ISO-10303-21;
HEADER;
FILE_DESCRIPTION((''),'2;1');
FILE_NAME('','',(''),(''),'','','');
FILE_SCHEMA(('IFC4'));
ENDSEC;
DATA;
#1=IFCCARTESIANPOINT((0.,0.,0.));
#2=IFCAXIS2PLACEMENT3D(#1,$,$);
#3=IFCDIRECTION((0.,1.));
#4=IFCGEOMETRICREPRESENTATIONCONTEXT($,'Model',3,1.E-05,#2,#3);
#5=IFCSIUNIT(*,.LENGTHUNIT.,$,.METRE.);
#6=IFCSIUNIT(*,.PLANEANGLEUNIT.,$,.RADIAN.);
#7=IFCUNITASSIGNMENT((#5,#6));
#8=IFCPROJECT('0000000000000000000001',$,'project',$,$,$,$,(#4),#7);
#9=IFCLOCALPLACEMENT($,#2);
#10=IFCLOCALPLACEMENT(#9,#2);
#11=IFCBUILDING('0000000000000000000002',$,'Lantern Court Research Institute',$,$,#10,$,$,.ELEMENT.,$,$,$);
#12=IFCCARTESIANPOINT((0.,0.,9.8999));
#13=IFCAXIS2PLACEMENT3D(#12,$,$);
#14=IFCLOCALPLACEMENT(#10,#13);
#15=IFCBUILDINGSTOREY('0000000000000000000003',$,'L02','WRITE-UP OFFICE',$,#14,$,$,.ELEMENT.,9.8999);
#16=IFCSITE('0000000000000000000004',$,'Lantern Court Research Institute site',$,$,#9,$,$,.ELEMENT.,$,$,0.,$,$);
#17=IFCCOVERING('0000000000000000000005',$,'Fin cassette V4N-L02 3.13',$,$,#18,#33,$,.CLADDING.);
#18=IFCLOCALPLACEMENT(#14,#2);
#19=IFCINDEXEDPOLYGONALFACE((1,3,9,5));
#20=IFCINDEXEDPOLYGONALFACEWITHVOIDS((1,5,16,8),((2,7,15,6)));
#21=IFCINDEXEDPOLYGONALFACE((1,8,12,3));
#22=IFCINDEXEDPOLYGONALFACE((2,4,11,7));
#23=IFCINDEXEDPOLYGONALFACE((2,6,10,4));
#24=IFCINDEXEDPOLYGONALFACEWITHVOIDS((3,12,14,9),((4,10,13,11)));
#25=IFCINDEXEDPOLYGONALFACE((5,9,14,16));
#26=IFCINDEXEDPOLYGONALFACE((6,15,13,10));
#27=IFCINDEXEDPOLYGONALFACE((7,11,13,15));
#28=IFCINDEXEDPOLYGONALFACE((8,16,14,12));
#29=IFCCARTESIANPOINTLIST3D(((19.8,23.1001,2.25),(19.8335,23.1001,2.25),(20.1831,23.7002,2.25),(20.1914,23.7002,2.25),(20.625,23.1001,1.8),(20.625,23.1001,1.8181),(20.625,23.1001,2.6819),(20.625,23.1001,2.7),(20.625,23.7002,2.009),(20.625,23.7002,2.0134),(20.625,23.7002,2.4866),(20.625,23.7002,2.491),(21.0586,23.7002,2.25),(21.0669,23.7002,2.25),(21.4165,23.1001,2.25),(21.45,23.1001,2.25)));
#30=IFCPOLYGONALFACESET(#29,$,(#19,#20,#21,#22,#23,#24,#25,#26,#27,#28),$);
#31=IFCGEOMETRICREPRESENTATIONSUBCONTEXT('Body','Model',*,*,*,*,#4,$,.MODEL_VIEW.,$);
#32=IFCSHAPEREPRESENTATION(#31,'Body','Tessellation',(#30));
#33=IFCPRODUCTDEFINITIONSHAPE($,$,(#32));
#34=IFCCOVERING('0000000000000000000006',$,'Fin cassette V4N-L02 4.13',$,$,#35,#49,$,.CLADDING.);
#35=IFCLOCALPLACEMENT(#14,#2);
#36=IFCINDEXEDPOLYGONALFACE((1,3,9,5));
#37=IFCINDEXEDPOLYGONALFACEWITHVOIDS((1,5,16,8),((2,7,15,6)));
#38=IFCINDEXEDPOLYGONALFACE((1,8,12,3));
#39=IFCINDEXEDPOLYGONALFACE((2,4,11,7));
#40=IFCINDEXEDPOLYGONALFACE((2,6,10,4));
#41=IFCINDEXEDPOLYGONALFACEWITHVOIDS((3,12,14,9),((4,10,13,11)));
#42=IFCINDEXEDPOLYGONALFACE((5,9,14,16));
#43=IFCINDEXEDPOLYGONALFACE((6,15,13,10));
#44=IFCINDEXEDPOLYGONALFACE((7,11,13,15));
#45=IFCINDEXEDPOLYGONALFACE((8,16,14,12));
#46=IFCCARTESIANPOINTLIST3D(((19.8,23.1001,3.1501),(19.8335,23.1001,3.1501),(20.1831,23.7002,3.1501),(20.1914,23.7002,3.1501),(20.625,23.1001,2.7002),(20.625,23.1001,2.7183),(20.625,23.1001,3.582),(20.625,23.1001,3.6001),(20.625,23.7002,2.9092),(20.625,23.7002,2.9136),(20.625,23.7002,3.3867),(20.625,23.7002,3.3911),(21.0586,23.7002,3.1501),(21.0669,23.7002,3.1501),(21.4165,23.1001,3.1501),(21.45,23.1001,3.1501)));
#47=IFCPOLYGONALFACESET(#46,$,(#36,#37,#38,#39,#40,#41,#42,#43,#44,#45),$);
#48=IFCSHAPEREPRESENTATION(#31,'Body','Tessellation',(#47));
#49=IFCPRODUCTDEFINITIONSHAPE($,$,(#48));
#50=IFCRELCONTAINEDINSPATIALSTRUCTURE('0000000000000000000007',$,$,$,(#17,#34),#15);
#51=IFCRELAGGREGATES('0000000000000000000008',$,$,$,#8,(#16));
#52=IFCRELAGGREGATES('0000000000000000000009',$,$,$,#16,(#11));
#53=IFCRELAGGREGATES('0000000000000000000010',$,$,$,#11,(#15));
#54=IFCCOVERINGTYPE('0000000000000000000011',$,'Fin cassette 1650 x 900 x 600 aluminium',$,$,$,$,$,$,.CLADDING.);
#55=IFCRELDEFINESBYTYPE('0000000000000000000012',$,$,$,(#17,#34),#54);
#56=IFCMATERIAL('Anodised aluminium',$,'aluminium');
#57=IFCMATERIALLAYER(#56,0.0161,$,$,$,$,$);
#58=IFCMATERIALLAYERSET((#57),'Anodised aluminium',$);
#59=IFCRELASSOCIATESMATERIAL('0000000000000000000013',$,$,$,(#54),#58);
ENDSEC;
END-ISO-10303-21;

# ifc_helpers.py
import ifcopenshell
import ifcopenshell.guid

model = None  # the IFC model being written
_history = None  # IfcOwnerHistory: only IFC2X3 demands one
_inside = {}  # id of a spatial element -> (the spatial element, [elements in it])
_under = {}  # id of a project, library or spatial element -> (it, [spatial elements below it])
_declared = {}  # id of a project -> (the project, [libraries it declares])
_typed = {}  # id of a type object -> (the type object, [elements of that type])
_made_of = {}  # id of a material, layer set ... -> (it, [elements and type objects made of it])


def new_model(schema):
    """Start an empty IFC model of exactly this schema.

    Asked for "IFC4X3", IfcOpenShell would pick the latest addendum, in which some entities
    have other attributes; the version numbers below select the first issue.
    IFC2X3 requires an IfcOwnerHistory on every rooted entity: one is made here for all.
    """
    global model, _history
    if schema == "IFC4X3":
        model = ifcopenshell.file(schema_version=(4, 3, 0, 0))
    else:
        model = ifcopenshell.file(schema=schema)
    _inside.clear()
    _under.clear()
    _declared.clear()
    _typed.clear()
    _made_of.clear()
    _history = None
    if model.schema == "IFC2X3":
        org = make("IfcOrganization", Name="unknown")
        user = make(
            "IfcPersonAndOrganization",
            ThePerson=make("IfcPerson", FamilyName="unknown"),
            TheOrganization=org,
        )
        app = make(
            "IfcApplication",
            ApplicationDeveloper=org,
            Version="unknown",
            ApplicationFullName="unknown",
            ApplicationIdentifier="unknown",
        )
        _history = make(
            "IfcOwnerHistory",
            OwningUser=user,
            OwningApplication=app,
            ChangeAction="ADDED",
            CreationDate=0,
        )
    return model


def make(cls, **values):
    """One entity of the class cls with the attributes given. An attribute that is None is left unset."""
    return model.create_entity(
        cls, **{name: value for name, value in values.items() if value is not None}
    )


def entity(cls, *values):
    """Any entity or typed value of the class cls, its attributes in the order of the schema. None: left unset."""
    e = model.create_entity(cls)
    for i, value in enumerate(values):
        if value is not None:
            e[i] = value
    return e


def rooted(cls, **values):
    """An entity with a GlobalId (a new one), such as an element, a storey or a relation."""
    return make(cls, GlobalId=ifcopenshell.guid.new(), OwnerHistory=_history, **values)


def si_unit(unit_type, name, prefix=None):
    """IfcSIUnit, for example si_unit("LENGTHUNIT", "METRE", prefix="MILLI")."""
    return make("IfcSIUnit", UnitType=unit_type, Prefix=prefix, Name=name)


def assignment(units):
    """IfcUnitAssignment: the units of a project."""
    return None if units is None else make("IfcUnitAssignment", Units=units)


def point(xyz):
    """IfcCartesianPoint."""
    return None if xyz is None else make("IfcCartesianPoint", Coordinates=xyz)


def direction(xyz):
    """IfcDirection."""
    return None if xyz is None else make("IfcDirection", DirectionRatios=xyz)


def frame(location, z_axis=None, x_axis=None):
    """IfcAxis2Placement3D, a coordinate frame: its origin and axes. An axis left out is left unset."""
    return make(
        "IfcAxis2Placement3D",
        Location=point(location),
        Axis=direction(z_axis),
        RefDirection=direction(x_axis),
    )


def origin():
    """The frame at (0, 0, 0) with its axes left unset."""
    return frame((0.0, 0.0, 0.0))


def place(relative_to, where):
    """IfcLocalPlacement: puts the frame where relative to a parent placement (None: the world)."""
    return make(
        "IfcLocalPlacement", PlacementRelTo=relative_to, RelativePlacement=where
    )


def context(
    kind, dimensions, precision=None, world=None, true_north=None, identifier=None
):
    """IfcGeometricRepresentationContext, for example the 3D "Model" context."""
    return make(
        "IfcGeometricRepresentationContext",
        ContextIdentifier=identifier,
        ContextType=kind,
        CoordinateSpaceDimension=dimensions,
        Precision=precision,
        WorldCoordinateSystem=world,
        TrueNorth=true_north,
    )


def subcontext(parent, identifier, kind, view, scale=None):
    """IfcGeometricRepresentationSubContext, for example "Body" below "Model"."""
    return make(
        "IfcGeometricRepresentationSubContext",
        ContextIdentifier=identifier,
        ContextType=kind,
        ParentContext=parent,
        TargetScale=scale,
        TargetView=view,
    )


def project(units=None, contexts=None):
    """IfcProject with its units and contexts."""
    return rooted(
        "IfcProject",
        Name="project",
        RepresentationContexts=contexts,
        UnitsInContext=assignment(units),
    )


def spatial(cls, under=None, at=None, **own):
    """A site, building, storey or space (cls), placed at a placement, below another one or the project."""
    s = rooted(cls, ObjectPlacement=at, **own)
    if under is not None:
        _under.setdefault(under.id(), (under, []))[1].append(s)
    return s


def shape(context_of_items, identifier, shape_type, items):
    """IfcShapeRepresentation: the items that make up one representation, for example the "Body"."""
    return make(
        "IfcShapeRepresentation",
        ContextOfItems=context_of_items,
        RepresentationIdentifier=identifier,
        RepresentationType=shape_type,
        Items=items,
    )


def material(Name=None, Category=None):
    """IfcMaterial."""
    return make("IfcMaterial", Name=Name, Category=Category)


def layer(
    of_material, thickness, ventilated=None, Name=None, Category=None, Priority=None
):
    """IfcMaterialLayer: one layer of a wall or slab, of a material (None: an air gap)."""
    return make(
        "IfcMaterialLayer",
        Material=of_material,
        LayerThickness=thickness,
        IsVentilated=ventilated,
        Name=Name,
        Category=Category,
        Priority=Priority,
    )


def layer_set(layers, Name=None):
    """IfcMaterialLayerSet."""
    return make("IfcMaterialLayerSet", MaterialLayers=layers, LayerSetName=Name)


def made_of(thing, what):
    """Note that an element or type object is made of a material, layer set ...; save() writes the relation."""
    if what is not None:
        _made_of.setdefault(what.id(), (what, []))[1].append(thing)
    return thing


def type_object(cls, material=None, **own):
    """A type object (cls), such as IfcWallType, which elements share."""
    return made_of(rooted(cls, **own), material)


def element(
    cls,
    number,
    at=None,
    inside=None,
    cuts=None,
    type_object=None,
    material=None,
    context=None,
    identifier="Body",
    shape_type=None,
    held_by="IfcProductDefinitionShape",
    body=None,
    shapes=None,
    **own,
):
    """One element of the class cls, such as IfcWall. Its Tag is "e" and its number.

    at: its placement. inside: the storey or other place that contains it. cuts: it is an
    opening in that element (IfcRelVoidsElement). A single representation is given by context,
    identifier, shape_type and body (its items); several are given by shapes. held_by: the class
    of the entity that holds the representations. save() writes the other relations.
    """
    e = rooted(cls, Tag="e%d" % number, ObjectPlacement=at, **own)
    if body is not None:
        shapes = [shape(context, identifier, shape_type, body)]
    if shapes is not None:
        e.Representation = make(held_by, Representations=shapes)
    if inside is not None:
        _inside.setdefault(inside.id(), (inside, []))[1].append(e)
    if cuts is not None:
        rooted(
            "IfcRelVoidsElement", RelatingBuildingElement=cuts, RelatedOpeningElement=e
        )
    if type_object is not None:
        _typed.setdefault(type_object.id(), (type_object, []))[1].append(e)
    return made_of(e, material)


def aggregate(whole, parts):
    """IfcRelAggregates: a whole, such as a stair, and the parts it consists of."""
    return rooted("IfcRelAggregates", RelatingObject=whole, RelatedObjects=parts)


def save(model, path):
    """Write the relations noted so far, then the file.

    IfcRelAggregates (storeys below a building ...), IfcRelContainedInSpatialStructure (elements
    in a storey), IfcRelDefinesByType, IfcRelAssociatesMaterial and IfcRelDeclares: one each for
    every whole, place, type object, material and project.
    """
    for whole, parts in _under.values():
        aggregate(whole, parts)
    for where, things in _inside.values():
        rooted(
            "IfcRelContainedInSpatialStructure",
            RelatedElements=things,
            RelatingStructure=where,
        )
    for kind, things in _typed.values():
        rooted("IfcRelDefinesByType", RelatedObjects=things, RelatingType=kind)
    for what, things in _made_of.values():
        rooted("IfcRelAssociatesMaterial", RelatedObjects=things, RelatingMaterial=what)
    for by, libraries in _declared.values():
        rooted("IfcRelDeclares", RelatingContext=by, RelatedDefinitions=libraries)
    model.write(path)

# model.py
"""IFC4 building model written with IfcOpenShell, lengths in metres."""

from ifc_helpers import new_model, entity, si_unit, direction, frame, origin, place, context, subcontext, project, spatial, material, layer, layer_set, type_object, element, save


model = new_model("IFC4")

# Units and contexts
model_context = context("Model", 3, precision=1e-05, world=origin(), true_north=direction((0.0, 1.0)))
body_context = subcontext(model_context, "Body", "Model", "MODEL_VIEW")
ifc_project = project(units=[si_unit("LENGTHUNIT", "METRE"), si_unit("PLANEANGLEUNIT", "RADIAN")], contexts=[model_context])

# Site, building, storey
site_placement = place(None, origin())
site = spatial("IfcSite", under=ifc_project, at=site_placement, Name="Lantern Court Research Institute site", CompositionType="ELEMENT", RefElevation=0.0)
building_placement = place(site_placement, origin())
building = spatial("IfcBuilding", under=site, at=building_placement, Name="Lantern Court Research Institute", CompositionType="ELEMENT")
storey_placement = place(building_placement, frame((0.0, 0.0, 9.8999)))
storey = spatial("IfcBuildingStorey", under=building, at=storey_placement, Name="L02", Description="WRITE-UP OFFICE", CompositionType="ELEMENT", Elevation=9.8999)

# Coverings
ifc_material_1 = material(Name="Anodised aluminium", Category="aluminium")
ifc_layer_1 = layer(ifc_material_1, 0.0161)
ifc_layer_set_1 = layer_set([ifc_layer_1], Name="Anodised aluminium")
covering_type = type_object("IfcCoveringType", Name="Fin cassette 1650 x 900 x 600 aluminium", PredefinedType="CLADDING", material=ifc_layer_set_1)
covering_1_placement = place(storey_placement, frame((20.625, 23.1001, 2.25), z_axis=(0.0, 1.0, 0.0), x_axis=(-1.0, 0.0, 0.0)))
cartesian_point_1 = entity("IfcCartesianPoint", [0.825, 0.0])
cartesian_point_2 = entity("IfcCartesianPoint", [0.7915, 0.0])
cartesian_point_3 = entity("IfcCartesianPoint", [0.4419, 0.0])
cartesian_point_4 = entity("IfcCartesianPoint", [0.4336, 0.0])
element("IfcCovering", 1, at=covering_1_placement, inside=storey, type_object=covering_type, Name="Fin cassette V4N-L02 3.13", PredefinedType="CLADDING", context=body_context, shape_type="SweptSolid", body=[
    entity("IfcExtrudedAreaSolidTapered", entity("IfcArbitraryProfileDefWithVoids", "AREA", None, entity("IfcPolyline", [cartesian_point_1, entity("IfcCartesianPoint", [0.0, 0.45]), entity("IfcCartesianPoint", [-0.825, 0.0]), entity("IfcCartesianPoint", [0.0, -0.45]), cartesian_point_1]), [entity("IfcPolyline", [cartesian_point_2, entity("IfcCartesianPoint", [0.0, 0.4319]), entity("IfcCartesianPoint", [-0.7915, 0.0]), entity("IfcCartesianPoint", [0.0, -0.4319]), cartesian_point_2])]), entity("IfcAxis2Placement3D", entity("IfcCartesianPoint", [0.0, 0.0, 0.0])), entity("IfcDirection", [0.0, 0.0, 1.0]), 0.6001, entity("IfcArbitraryProfileDefWithVoids", "AREA", None, entity("IfcPolyline", [cartesian_point_3, entity("IfcCartesianPoint", [0.0, 0.241]), entity("IfcCartesianPoint", [-0.4419, 0.0]), entity("IfcCartesianPoint", [0.0, -0.241]), cartesian_point_3]), [entity("IfcPolyline", [cartesian_point_4, entity("IfcCartesianPoint", [0.0, 0.2366]), entity("IfcCartesianPoint", [-0.4336, 0.0]), entity("IfcCartesianPoint", [0.0, -0.2366]), cartesian_point_4])])),
])
covering_2_placement = place(storey_placement, frame((20.625, 23.1001, 3.1501), z_axis=(0.0, 1.0, 0.0), x_axis=(-1.0, 0.0, 0.0)))
cartesian_point_5 = entity("IfcCartesianPoint", [0.825, 0.0])
cartesian_point_6 = entity("IfcCartesianPoint", [0.7915, 0.0])
cartesian_point_7 = entity("IfcCartesianPoint", [0.4419, 0.0])
cartesian_point_8 = entity("IfcCartesianPoint", [0.4336, 0.0])
element("IfcCovering", 2, at=covering_2_placement, inside=storey, type_object=covering_type, Name="Fin cassette V4N-L02 4.13", PredefinedType="CLADDING", context=body_context, shape_type="SweptSolid", body=[
    entity("IfcExtrudedAreaSolidTapered", entity("IfcArbitraryProfileDefWithVoids", "AREA", None, entity("IfcPolyline", [cartesian_point_5, entity("IfcCartesianPoint", [0.0, 0.45]), entity("IfcCartesianPoint", [-0.825, 0.0]), entity("IfcCartesianPoint", [0.0, -0.45]), cartesian_point_5]), [entity("IfcPolyline", [cartesian_point_6, entity("IfcCartesianPoint", [0.0, 0.4319]), entity("IfcCartesianPoint", [-0.7915, 0.0]), entity("IfcCartesianPoint", [0.0, -0.4319]), cartesian_point_6])]), entity("IfcAxis2Placement3D", entity("IfcCartesianPoint", [0.0, 0.0, 0.0])), entity("IfcDirection", [0.0, 0.0, 1.0]), 0.6001, entity("IfcArbitraryProfileDefWithVoids", "AREA", None, entity("IfcPolyline", [cartesian_point_7, entity("IfcCartesianPoint", [0.0, 0.241]), entity("IfcCartesianPoint", [-0.4419, 0.0]), entity("IfcCartesianPoint", [0.0, -0.241]), cartesian_point_7]), [entity("IfcPolyline", [cartesian_point_8, entity("IfcCartesianPoint", [0.0, 0.2366]), entity("IfcCartesianPoint", [-0.4336, 0.0]), entity("IfcCartesianPoint", [0.0, -0.2366]), cartesian_point_8])])),
])

save(model, "model.ifc")
